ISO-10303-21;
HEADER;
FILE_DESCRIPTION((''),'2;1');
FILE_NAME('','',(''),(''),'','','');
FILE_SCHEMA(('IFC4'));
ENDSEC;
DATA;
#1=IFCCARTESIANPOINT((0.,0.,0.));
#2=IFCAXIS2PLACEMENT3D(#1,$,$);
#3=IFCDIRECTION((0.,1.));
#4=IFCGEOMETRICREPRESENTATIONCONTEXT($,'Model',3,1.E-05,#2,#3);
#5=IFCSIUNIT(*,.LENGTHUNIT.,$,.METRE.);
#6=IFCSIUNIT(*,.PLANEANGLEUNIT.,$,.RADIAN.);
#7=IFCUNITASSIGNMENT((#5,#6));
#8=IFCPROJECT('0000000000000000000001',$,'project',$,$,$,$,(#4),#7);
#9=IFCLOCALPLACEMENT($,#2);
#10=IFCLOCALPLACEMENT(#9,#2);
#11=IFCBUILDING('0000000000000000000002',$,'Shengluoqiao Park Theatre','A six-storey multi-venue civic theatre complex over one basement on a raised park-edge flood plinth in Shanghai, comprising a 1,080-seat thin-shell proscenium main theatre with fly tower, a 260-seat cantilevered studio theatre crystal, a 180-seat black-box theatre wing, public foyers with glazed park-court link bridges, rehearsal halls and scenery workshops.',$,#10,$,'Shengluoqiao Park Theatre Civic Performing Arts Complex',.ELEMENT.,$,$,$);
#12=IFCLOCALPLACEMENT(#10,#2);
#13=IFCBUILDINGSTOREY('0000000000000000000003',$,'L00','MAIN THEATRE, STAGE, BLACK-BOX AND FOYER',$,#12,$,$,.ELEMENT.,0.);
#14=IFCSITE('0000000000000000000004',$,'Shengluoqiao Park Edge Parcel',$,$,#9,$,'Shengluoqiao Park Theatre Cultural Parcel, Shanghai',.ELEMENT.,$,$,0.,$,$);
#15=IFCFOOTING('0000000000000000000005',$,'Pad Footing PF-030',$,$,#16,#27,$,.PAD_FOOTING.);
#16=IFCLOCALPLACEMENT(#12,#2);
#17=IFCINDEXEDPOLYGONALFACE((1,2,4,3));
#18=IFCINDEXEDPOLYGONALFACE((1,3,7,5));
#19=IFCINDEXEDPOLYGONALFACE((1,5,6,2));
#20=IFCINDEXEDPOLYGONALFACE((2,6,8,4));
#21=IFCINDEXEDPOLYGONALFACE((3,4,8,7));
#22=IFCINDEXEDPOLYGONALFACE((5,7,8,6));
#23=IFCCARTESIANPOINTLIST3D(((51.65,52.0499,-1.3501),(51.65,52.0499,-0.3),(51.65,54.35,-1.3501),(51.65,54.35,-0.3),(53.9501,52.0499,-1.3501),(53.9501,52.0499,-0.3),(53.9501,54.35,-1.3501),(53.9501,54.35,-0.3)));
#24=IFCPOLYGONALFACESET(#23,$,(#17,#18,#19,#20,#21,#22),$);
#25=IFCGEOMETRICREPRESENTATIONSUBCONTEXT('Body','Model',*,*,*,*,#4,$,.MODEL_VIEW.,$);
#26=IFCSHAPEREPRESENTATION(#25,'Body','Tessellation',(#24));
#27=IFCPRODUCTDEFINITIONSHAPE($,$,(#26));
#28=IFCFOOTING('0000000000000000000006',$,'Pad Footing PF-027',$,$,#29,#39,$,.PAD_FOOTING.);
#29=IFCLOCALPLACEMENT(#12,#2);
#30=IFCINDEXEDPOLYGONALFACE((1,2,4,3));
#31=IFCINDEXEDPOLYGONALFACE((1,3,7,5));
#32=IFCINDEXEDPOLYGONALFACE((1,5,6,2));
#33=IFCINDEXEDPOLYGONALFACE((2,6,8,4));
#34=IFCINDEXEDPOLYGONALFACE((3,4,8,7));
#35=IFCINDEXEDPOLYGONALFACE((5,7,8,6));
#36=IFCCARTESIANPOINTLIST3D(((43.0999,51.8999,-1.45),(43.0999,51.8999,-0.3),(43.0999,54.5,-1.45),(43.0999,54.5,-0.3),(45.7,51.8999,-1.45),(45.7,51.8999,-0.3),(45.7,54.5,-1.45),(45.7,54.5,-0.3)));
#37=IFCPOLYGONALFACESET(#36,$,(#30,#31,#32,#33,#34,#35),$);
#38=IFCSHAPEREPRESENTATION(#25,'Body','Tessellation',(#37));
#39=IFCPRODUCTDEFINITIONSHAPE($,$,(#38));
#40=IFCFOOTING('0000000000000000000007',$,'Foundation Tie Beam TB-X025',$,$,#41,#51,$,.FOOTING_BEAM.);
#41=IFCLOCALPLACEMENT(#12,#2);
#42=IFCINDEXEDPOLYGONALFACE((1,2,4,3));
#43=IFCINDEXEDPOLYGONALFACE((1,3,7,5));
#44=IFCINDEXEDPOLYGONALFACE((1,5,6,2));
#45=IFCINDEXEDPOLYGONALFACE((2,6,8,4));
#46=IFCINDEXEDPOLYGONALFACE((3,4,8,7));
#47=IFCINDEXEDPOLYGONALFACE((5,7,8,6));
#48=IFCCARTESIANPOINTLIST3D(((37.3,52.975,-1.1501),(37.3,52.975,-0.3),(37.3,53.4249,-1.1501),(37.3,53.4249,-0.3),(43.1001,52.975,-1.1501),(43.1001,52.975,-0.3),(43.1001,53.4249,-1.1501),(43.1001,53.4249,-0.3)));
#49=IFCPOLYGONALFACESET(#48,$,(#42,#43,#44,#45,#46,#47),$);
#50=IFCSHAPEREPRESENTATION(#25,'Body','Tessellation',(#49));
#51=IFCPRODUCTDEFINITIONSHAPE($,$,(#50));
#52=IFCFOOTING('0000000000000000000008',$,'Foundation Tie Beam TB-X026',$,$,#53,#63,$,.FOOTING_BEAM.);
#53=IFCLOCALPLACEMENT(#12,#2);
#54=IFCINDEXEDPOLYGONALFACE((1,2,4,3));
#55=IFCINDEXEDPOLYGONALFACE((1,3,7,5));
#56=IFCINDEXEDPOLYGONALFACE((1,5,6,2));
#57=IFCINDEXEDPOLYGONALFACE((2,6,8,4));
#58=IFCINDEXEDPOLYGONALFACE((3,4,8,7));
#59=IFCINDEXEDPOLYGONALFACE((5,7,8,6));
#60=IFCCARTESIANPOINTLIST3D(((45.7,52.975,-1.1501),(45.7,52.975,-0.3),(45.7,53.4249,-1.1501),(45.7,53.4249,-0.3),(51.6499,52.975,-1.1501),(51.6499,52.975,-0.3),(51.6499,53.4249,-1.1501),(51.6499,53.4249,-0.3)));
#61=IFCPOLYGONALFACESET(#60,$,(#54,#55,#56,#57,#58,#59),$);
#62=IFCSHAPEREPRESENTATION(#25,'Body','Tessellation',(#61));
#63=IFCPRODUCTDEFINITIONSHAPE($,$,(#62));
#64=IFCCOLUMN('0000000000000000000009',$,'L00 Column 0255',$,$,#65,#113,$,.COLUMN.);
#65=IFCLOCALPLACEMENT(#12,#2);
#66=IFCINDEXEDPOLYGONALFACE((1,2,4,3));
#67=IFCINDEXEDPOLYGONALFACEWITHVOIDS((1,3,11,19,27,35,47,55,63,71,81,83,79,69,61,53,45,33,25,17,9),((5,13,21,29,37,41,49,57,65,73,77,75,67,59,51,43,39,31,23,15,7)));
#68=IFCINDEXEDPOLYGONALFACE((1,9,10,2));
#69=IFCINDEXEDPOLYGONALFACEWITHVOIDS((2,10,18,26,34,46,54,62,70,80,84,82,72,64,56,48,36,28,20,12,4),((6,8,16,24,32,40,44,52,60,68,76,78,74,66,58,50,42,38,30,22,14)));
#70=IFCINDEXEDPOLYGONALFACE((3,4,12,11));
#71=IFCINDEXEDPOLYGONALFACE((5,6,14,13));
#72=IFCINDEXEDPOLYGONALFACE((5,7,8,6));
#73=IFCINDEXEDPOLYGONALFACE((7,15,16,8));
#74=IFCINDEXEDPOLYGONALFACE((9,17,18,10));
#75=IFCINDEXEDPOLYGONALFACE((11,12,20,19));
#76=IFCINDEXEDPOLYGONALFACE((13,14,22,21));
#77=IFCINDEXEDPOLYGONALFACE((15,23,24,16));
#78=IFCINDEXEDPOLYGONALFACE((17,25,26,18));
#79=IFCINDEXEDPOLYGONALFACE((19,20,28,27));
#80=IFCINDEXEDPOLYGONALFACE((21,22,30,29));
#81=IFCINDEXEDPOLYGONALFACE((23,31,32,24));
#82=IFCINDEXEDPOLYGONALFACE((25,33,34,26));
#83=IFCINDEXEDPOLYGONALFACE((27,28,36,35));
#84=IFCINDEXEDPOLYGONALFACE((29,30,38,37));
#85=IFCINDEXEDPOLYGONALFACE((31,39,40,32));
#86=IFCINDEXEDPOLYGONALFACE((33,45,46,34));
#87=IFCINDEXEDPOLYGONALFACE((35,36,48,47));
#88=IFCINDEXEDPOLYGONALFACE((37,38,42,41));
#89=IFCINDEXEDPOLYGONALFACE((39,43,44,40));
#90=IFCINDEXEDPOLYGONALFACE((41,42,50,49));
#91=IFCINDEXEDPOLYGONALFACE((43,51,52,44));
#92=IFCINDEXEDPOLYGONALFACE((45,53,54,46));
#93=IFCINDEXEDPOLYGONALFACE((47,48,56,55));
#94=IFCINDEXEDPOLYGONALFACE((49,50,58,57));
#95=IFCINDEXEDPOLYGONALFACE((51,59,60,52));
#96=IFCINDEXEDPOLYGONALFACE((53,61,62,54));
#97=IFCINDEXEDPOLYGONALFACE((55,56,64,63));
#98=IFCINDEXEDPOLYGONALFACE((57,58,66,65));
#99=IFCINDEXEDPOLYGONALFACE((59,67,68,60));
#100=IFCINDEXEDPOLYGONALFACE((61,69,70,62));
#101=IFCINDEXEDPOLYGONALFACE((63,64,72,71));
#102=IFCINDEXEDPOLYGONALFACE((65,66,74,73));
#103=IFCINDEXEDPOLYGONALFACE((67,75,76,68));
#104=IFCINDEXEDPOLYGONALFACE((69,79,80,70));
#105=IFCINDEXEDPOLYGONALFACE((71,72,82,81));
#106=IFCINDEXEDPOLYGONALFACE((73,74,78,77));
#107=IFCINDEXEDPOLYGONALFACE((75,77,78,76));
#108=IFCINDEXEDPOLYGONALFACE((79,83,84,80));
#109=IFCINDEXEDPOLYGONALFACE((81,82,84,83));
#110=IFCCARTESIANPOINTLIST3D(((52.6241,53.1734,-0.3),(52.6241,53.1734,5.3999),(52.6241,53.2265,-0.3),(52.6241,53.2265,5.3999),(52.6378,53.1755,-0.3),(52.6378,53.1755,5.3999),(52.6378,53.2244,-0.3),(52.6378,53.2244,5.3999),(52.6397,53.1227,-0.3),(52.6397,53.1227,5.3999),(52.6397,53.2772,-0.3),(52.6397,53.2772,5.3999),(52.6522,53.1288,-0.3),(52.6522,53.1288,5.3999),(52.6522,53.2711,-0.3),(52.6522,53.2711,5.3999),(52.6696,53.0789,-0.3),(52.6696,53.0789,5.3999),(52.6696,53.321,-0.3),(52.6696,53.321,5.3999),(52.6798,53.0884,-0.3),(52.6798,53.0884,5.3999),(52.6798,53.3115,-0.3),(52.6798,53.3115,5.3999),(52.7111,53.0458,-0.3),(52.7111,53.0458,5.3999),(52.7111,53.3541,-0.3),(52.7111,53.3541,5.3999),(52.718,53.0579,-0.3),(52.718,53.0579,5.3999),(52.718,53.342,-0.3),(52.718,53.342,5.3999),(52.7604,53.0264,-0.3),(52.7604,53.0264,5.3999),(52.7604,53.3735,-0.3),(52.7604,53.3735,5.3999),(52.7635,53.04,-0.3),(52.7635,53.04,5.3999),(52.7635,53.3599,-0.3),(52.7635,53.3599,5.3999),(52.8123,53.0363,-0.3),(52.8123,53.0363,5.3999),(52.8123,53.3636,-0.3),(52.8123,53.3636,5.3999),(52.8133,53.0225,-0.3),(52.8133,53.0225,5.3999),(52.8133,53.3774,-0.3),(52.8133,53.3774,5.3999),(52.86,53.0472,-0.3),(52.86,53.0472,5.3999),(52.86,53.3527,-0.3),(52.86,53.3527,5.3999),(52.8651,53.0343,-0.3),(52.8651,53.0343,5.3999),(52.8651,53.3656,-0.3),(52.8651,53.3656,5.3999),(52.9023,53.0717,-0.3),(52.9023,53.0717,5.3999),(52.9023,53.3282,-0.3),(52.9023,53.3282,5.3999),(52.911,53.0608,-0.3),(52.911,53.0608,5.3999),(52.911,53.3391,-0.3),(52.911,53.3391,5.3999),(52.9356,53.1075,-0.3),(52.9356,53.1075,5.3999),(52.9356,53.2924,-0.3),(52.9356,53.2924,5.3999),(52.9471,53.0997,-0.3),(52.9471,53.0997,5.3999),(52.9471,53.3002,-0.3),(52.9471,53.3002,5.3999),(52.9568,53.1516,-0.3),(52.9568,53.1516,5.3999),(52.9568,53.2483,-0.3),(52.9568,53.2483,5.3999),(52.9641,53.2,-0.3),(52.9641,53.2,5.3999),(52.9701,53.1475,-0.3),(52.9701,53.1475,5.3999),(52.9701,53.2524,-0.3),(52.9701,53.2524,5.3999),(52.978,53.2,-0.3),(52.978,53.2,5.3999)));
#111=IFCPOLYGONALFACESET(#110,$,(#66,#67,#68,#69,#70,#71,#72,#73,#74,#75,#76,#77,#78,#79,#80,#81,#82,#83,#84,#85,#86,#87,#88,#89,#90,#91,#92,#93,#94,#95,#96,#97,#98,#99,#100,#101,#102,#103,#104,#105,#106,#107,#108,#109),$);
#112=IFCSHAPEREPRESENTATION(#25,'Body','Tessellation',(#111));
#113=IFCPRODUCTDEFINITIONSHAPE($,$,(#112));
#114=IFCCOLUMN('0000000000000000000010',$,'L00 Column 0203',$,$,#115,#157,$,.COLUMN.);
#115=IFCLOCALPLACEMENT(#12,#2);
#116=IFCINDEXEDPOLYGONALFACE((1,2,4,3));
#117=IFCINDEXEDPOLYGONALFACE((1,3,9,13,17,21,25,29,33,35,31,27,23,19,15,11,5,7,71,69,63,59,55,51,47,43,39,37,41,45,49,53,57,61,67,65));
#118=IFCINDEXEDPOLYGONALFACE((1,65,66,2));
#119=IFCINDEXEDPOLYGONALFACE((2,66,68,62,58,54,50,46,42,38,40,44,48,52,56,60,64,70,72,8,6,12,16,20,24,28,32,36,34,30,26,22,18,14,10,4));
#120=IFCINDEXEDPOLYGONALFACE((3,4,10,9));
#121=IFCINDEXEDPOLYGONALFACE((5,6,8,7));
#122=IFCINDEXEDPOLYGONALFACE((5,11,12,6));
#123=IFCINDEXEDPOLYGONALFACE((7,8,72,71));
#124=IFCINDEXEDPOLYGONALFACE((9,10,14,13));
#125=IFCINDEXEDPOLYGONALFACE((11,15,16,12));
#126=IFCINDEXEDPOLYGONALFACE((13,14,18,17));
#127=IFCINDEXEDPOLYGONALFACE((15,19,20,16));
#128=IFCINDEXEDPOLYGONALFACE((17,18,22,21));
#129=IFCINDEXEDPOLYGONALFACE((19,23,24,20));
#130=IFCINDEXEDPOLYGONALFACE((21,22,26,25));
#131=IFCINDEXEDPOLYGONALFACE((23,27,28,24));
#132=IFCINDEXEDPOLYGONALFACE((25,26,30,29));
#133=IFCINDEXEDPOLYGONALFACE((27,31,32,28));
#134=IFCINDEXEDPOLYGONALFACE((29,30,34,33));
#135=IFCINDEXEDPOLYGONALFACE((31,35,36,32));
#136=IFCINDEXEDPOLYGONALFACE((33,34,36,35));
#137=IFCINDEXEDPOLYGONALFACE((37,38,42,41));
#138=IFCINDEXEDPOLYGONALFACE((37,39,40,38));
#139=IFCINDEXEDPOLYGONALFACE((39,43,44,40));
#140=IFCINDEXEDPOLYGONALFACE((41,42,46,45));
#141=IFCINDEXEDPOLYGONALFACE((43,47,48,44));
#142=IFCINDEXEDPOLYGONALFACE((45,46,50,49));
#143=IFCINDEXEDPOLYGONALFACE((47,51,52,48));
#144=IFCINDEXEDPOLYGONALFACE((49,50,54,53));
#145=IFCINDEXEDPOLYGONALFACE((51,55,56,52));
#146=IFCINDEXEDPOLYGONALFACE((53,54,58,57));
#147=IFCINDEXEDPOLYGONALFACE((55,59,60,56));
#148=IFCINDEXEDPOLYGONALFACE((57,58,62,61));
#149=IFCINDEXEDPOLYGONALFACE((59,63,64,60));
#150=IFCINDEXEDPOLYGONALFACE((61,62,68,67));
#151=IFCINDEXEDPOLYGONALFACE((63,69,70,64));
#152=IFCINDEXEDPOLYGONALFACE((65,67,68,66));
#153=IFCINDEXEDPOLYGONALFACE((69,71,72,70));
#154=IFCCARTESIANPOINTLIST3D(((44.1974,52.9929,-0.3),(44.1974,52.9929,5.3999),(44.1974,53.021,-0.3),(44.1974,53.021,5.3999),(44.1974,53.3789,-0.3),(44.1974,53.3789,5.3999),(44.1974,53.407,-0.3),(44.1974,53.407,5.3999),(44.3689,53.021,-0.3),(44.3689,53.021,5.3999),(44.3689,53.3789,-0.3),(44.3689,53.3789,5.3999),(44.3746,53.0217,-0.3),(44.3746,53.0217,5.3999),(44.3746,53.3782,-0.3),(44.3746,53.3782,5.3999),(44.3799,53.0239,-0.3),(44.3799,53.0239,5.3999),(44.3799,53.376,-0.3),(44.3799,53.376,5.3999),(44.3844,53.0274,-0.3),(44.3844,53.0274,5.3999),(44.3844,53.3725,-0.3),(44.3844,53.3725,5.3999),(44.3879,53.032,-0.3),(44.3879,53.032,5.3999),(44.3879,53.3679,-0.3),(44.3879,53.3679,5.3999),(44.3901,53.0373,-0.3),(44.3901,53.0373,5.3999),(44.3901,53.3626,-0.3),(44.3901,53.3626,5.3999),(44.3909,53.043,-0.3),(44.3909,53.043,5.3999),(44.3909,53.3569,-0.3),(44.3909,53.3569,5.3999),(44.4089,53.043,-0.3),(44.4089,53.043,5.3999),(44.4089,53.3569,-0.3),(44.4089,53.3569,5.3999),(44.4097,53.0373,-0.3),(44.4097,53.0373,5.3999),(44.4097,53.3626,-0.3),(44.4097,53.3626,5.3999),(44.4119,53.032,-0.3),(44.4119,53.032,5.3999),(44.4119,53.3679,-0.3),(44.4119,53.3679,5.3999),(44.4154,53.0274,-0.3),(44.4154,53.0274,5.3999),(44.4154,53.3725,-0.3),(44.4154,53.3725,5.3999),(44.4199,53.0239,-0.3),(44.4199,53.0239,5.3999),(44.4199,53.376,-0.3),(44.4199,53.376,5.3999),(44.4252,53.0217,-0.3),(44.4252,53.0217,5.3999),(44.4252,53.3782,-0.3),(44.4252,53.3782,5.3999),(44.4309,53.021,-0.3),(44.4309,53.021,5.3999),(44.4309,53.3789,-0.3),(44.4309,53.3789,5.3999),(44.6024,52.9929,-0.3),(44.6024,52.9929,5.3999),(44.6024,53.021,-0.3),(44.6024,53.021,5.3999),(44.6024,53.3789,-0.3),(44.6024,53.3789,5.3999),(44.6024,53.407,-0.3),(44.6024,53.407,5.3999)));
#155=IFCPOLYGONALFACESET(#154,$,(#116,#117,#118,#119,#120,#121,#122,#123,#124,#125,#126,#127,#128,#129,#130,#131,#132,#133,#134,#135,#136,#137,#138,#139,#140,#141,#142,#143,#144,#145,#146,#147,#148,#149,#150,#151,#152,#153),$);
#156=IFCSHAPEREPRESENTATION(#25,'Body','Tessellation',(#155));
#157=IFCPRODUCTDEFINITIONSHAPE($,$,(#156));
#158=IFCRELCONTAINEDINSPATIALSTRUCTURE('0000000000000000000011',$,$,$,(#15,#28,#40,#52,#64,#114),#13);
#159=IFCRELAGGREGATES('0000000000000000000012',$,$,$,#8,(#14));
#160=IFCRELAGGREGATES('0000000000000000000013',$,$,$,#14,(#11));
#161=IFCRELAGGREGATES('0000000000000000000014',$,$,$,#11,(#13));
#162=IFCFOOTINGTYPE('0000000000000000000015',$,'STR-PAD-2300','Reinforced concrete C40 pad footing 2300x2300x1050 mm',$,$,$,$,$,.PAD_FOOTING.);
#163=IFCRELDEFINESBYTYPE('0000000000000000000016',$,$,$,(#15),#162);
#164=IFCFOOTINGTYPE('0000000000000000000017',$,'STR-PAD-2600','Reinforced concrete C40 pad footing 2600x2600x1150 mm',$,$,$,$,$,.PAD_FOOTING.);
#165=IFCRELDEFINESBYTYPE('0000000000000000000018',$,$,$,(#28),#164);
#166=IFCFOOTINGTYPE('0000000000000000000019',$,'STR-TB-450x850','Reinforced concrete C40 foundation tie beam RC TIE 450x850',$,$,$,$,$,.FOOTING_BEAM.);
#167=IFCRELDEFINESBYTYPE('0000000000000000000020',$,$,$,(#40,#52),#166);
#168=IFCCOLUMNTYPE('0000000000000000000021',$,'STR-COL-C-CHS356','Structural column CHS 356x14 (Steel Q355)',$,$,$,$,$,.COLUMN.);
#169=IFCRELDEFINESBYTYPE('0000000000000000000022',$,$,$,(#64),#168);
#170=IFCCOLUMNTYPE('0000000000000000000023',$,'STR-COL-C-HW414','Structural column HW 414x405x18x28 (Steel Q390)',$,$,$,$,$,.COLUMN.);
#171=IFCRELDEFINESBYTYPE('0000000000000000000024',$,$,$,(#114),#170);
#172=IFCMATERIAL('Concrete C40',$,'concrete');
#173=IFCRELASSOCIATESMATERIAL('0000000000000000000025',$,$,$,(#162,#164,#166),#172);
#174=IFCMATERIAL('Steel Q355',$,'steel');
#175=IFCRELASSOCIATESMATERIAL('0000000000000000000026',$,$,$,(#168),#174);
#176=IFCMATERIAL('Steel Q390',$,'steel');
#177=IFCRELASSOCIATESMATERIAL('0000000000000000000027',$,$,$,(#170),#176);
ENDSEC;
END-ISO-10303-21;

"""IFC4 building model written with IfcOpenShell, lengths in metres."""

from ifc_helpers import new_model, si_unit, direction, frame, origin, origin_2d, place, context, subcontext, project, spatial, rectangle, hollow_circle, i_section, extrude, material, material_profile, profile_set, type_object, element, save


model = new_model("IFC4")

# Units and contexts
model_context = context("Model", 3, precision=1e-05, world=origin(), true_north=direction((0.0, 1.0)))
body_context = subcontext(model_context, "Body", "Model", "MODEL_VIEW")
ifc_project = project(units=[si_unit("LENGTHUNIT", "METRE"), si_unit("PLANEANGLEUNIT", "RADIAN")], contexts=[model_context])

# Site, building, storey
site_placement = place(None, origin())
site = spatial("IfcSite", under=ifc_project, at=site_placement, Name="Shengluoqiao Park Edge Parcel", LongName="Shengluoqiao Park Theatre Cultural Parcel, Shanghai", CompositionType="ELEMENT", RefElevation=0.0)
building_placement = place(site_placement, origin())
building = spatial("IfcBuilding", under=site, at=building_placement, Name="Shengluoqiao Park Theatre", Description="A six-storey multi-venue civic theatre complex over one basement on a raised park-edge flood plinth in Shanghai, comprising a 1,080-seat thin-shell proscenium main theatre with fly tower, a 260-seat cantilevered studio theatre crystal, a 180-seat black-box theatre wing, public foyers with glazed park-court link bridges, rehearsal halls and scenery workshops.", LongName="Shengluoqiao Park Theatre Civic Performing Arts Complex", CompositionType="ELEMENT")
storey_placement = place(building_placement, origin())
storey = spatial("IfcBuildingStorey", under=building, at=storey_placement, Name="L00", Description="MAIN THEATRE, STAGE, BLACK-BOX AND FOYER", CompositionType="ELEMENT", Elevation=0.0)

# Footings
ifc_material_1 = material(Name="Concrete C40", Category="concrete")
footing_type_1 = type_object("IfcFootingType", Name="STR-PAD-2300", Description="Reinforced concrete C40 pad footing 2300x2300x1050 mm", PredefinedType="PAD_FOOTING", material=ifc_material_1)
footing_1_placement = place(storey_placement, frame((52.8, 53.2, -1.3501), z_axis=(0.0, 0.0, 1.0), x_axis=(1.0, 0.0, 0.0)))
element("IfcFooting", 1, at=footing_1_placement, inside=storey, type_object=footing_type_1, Name="Pad Footing PF-030", PredefinedType="PAD_FOOTING", context=body_context, shape_type="SweptSolid", body=[
    extrude(rectangle(XDim=2.3, YDim=2.3, at=origin_2d()), origin(), (0.0, 0.0, 1.0), 1.05),
])
footing_type_2 = type_object("IfcFootingType", Name="STR-PAD-2600", Description="Reinforced concrete C40 pad footing 2600x2600x1150 mm", PredefinedType="PAD_FOOTING", material=ifc_material_1)
footing_2_placement = place(storey_placement, frame((44.3999, 53.2, -1.45), z_axis=(0.0, 0.0, 1.0), x_axis=(1.0, 0.0, 0.0)))
element("IfcFooting", 2, at=footing_2_placement, inside=storey, type_object=footing_type_2, Name="Pad Footing PF-027", PredefinedType="PAD_FOOTING", context=body_context, shape_type="SweptSolid", body=[
    extrude(rectangle(XDim=2.6001, YDim=2.6001, at=origin_2d()), origin(), (0.0, 0.0, 1.0), 1.1499),
])
ifc_material_profile_1 = material_profile(ifc_material_1, rectangle(XDim=0.45, YDim=0.8501, at=origin_2d()), Name="RC TIE 450x850")
ifc_profile_set_1 = profile_set([ifc_material_profile_1], Name="Concrete C40")
footing_type_3 = type_object("IfcFootingType", Name="STR-TB-450x850", Description="Reinforced concrete C40 foundation tie beam RC TIE 450x850", PredefinedType="FOOTING_BEAM", material=ifc_profile_set_1)
footing_3_placement = place(storey_placement, frame((37.3, 53.2, -0.7251), z_axis=(1.0, 0.0, 0.0), x_axis=(0.0, 1.0, 0.0)))
element("IfcFooting", 3, at=footing_3_placement, inside=storey, type_object=footing_type_3, Name="Foundation Tie Beam TB-X025", PredefinedType="FOOTING_BEAM", context=body_context, shape_type="SweptSolid", body=[
    extrude(rectangle(XDim=0.45, YDim=0.8501, at=origin_2d()), origin(), (0.0, 0.0, 1.0), 5.8),
])
footing_4_placement = place(storey_placement, frame((45.7, 53.2, -0.7251), z_axis=(1.0, 0.0, 0.0), x_axis=(0.0, 1.0, 0.0)))
element("IfcFooting", 4, at=footing_4_placement, inside=storey, type_object=footing_type_3, Name="Foundation Tie Beam TB-X026", PredefinedType="FOOTING_BEAM", context=body_context, shape_type="SweptSolid", body=[
    extrude(rectangle(XDim=0.45, YDim=0.8501, at=origin_2d()), origin(), (0.0, 0.0, 1.0), 5.95),
])

# Columns
ifc_material_2 = material(Name="Steel Q355", Category="steel")
ifc_material_profile_2 = material_profile(ifc_material_2, hollow_circle(Radius=0.178, WallThickness=0.0139, at=origin_2d()), Name="CHS 356x14")
ifc_profile_set_2 = profile_set([ifc_material_profile_2], Name="Steel Q355")
column_type_1 = type_object("IfcColumnType", Name="STR-COL-C-CHS356", Description="Structural column CHS 356x14 (Steel Q355)", PredefinedType="COLUMN", material=ifc_profile_set_2)
column_1_placement = place(storey_placement, frame((52.8, 53.2, -0.3), z_axis=(0.0, 0.0, 1.0), x_axis=(1.0, 0.0, 0.0)))
element("IfcColumn", 5, at=column_1_placement, inside=storey, type_object=column_type_1, Name="L00 Column 0255", PredefinedType="COLUMN", context=body_context, shape_type="SweptSolid", body=[
    extrude(hollow_circle(Radius=0.178, WallThickness=0.0139, at=origin_2d()), origin(), (0.0, 0.0, 1.0), 5.7),
])
ifc_material_3 = material(Name="Steel Q390", Category="steel")
ifc_material_profile_3 = material_profile(ifc_material_3, i_section(OverallWidth=0.405, OverallDepth=0.4141, WebThickness=0.0181, FlangeThickness=0.0281, FilletRadius=0.022, at=origin_2d()), Name="HW 414x405x18x28")
ifc_profile_set_3 = profile_set([ifc_material_profile_3], Name="Steel Q390")
column_type_2 = type_object("IfcColumnType", Name="STR-COL-C-HW414", Description="Structural column HW 414x405x18x28 (Steel Q390)", PredefinedType="COLUMN", material=ifc_profile_set_3)
column_2_placement = place(storey_placement, frame((44.3999, 53.2, -0.3), z_axis=(0.0, 0.0, 1.0), x_axis=(1.0, 0.0, 0.0)))
element("IfcColumn", 6, at=column_2_placement, inside=storey, type_object=column_type_2, Name="L00 Column 0203", PredefinedType="COLUMN", context=body_context, shape_type="SweptSolid", body=[
    extrude(i_section(OverallWidth=0.405, OverallDepth=0.4141, WebThickness=0.0181, FlangeThickness=0.0281, FilletRadius=0.022, at=origin_2d()), origin(), (0.0, 0.0, 1.0), 5.7),
])

save(model, "model.ifc")
